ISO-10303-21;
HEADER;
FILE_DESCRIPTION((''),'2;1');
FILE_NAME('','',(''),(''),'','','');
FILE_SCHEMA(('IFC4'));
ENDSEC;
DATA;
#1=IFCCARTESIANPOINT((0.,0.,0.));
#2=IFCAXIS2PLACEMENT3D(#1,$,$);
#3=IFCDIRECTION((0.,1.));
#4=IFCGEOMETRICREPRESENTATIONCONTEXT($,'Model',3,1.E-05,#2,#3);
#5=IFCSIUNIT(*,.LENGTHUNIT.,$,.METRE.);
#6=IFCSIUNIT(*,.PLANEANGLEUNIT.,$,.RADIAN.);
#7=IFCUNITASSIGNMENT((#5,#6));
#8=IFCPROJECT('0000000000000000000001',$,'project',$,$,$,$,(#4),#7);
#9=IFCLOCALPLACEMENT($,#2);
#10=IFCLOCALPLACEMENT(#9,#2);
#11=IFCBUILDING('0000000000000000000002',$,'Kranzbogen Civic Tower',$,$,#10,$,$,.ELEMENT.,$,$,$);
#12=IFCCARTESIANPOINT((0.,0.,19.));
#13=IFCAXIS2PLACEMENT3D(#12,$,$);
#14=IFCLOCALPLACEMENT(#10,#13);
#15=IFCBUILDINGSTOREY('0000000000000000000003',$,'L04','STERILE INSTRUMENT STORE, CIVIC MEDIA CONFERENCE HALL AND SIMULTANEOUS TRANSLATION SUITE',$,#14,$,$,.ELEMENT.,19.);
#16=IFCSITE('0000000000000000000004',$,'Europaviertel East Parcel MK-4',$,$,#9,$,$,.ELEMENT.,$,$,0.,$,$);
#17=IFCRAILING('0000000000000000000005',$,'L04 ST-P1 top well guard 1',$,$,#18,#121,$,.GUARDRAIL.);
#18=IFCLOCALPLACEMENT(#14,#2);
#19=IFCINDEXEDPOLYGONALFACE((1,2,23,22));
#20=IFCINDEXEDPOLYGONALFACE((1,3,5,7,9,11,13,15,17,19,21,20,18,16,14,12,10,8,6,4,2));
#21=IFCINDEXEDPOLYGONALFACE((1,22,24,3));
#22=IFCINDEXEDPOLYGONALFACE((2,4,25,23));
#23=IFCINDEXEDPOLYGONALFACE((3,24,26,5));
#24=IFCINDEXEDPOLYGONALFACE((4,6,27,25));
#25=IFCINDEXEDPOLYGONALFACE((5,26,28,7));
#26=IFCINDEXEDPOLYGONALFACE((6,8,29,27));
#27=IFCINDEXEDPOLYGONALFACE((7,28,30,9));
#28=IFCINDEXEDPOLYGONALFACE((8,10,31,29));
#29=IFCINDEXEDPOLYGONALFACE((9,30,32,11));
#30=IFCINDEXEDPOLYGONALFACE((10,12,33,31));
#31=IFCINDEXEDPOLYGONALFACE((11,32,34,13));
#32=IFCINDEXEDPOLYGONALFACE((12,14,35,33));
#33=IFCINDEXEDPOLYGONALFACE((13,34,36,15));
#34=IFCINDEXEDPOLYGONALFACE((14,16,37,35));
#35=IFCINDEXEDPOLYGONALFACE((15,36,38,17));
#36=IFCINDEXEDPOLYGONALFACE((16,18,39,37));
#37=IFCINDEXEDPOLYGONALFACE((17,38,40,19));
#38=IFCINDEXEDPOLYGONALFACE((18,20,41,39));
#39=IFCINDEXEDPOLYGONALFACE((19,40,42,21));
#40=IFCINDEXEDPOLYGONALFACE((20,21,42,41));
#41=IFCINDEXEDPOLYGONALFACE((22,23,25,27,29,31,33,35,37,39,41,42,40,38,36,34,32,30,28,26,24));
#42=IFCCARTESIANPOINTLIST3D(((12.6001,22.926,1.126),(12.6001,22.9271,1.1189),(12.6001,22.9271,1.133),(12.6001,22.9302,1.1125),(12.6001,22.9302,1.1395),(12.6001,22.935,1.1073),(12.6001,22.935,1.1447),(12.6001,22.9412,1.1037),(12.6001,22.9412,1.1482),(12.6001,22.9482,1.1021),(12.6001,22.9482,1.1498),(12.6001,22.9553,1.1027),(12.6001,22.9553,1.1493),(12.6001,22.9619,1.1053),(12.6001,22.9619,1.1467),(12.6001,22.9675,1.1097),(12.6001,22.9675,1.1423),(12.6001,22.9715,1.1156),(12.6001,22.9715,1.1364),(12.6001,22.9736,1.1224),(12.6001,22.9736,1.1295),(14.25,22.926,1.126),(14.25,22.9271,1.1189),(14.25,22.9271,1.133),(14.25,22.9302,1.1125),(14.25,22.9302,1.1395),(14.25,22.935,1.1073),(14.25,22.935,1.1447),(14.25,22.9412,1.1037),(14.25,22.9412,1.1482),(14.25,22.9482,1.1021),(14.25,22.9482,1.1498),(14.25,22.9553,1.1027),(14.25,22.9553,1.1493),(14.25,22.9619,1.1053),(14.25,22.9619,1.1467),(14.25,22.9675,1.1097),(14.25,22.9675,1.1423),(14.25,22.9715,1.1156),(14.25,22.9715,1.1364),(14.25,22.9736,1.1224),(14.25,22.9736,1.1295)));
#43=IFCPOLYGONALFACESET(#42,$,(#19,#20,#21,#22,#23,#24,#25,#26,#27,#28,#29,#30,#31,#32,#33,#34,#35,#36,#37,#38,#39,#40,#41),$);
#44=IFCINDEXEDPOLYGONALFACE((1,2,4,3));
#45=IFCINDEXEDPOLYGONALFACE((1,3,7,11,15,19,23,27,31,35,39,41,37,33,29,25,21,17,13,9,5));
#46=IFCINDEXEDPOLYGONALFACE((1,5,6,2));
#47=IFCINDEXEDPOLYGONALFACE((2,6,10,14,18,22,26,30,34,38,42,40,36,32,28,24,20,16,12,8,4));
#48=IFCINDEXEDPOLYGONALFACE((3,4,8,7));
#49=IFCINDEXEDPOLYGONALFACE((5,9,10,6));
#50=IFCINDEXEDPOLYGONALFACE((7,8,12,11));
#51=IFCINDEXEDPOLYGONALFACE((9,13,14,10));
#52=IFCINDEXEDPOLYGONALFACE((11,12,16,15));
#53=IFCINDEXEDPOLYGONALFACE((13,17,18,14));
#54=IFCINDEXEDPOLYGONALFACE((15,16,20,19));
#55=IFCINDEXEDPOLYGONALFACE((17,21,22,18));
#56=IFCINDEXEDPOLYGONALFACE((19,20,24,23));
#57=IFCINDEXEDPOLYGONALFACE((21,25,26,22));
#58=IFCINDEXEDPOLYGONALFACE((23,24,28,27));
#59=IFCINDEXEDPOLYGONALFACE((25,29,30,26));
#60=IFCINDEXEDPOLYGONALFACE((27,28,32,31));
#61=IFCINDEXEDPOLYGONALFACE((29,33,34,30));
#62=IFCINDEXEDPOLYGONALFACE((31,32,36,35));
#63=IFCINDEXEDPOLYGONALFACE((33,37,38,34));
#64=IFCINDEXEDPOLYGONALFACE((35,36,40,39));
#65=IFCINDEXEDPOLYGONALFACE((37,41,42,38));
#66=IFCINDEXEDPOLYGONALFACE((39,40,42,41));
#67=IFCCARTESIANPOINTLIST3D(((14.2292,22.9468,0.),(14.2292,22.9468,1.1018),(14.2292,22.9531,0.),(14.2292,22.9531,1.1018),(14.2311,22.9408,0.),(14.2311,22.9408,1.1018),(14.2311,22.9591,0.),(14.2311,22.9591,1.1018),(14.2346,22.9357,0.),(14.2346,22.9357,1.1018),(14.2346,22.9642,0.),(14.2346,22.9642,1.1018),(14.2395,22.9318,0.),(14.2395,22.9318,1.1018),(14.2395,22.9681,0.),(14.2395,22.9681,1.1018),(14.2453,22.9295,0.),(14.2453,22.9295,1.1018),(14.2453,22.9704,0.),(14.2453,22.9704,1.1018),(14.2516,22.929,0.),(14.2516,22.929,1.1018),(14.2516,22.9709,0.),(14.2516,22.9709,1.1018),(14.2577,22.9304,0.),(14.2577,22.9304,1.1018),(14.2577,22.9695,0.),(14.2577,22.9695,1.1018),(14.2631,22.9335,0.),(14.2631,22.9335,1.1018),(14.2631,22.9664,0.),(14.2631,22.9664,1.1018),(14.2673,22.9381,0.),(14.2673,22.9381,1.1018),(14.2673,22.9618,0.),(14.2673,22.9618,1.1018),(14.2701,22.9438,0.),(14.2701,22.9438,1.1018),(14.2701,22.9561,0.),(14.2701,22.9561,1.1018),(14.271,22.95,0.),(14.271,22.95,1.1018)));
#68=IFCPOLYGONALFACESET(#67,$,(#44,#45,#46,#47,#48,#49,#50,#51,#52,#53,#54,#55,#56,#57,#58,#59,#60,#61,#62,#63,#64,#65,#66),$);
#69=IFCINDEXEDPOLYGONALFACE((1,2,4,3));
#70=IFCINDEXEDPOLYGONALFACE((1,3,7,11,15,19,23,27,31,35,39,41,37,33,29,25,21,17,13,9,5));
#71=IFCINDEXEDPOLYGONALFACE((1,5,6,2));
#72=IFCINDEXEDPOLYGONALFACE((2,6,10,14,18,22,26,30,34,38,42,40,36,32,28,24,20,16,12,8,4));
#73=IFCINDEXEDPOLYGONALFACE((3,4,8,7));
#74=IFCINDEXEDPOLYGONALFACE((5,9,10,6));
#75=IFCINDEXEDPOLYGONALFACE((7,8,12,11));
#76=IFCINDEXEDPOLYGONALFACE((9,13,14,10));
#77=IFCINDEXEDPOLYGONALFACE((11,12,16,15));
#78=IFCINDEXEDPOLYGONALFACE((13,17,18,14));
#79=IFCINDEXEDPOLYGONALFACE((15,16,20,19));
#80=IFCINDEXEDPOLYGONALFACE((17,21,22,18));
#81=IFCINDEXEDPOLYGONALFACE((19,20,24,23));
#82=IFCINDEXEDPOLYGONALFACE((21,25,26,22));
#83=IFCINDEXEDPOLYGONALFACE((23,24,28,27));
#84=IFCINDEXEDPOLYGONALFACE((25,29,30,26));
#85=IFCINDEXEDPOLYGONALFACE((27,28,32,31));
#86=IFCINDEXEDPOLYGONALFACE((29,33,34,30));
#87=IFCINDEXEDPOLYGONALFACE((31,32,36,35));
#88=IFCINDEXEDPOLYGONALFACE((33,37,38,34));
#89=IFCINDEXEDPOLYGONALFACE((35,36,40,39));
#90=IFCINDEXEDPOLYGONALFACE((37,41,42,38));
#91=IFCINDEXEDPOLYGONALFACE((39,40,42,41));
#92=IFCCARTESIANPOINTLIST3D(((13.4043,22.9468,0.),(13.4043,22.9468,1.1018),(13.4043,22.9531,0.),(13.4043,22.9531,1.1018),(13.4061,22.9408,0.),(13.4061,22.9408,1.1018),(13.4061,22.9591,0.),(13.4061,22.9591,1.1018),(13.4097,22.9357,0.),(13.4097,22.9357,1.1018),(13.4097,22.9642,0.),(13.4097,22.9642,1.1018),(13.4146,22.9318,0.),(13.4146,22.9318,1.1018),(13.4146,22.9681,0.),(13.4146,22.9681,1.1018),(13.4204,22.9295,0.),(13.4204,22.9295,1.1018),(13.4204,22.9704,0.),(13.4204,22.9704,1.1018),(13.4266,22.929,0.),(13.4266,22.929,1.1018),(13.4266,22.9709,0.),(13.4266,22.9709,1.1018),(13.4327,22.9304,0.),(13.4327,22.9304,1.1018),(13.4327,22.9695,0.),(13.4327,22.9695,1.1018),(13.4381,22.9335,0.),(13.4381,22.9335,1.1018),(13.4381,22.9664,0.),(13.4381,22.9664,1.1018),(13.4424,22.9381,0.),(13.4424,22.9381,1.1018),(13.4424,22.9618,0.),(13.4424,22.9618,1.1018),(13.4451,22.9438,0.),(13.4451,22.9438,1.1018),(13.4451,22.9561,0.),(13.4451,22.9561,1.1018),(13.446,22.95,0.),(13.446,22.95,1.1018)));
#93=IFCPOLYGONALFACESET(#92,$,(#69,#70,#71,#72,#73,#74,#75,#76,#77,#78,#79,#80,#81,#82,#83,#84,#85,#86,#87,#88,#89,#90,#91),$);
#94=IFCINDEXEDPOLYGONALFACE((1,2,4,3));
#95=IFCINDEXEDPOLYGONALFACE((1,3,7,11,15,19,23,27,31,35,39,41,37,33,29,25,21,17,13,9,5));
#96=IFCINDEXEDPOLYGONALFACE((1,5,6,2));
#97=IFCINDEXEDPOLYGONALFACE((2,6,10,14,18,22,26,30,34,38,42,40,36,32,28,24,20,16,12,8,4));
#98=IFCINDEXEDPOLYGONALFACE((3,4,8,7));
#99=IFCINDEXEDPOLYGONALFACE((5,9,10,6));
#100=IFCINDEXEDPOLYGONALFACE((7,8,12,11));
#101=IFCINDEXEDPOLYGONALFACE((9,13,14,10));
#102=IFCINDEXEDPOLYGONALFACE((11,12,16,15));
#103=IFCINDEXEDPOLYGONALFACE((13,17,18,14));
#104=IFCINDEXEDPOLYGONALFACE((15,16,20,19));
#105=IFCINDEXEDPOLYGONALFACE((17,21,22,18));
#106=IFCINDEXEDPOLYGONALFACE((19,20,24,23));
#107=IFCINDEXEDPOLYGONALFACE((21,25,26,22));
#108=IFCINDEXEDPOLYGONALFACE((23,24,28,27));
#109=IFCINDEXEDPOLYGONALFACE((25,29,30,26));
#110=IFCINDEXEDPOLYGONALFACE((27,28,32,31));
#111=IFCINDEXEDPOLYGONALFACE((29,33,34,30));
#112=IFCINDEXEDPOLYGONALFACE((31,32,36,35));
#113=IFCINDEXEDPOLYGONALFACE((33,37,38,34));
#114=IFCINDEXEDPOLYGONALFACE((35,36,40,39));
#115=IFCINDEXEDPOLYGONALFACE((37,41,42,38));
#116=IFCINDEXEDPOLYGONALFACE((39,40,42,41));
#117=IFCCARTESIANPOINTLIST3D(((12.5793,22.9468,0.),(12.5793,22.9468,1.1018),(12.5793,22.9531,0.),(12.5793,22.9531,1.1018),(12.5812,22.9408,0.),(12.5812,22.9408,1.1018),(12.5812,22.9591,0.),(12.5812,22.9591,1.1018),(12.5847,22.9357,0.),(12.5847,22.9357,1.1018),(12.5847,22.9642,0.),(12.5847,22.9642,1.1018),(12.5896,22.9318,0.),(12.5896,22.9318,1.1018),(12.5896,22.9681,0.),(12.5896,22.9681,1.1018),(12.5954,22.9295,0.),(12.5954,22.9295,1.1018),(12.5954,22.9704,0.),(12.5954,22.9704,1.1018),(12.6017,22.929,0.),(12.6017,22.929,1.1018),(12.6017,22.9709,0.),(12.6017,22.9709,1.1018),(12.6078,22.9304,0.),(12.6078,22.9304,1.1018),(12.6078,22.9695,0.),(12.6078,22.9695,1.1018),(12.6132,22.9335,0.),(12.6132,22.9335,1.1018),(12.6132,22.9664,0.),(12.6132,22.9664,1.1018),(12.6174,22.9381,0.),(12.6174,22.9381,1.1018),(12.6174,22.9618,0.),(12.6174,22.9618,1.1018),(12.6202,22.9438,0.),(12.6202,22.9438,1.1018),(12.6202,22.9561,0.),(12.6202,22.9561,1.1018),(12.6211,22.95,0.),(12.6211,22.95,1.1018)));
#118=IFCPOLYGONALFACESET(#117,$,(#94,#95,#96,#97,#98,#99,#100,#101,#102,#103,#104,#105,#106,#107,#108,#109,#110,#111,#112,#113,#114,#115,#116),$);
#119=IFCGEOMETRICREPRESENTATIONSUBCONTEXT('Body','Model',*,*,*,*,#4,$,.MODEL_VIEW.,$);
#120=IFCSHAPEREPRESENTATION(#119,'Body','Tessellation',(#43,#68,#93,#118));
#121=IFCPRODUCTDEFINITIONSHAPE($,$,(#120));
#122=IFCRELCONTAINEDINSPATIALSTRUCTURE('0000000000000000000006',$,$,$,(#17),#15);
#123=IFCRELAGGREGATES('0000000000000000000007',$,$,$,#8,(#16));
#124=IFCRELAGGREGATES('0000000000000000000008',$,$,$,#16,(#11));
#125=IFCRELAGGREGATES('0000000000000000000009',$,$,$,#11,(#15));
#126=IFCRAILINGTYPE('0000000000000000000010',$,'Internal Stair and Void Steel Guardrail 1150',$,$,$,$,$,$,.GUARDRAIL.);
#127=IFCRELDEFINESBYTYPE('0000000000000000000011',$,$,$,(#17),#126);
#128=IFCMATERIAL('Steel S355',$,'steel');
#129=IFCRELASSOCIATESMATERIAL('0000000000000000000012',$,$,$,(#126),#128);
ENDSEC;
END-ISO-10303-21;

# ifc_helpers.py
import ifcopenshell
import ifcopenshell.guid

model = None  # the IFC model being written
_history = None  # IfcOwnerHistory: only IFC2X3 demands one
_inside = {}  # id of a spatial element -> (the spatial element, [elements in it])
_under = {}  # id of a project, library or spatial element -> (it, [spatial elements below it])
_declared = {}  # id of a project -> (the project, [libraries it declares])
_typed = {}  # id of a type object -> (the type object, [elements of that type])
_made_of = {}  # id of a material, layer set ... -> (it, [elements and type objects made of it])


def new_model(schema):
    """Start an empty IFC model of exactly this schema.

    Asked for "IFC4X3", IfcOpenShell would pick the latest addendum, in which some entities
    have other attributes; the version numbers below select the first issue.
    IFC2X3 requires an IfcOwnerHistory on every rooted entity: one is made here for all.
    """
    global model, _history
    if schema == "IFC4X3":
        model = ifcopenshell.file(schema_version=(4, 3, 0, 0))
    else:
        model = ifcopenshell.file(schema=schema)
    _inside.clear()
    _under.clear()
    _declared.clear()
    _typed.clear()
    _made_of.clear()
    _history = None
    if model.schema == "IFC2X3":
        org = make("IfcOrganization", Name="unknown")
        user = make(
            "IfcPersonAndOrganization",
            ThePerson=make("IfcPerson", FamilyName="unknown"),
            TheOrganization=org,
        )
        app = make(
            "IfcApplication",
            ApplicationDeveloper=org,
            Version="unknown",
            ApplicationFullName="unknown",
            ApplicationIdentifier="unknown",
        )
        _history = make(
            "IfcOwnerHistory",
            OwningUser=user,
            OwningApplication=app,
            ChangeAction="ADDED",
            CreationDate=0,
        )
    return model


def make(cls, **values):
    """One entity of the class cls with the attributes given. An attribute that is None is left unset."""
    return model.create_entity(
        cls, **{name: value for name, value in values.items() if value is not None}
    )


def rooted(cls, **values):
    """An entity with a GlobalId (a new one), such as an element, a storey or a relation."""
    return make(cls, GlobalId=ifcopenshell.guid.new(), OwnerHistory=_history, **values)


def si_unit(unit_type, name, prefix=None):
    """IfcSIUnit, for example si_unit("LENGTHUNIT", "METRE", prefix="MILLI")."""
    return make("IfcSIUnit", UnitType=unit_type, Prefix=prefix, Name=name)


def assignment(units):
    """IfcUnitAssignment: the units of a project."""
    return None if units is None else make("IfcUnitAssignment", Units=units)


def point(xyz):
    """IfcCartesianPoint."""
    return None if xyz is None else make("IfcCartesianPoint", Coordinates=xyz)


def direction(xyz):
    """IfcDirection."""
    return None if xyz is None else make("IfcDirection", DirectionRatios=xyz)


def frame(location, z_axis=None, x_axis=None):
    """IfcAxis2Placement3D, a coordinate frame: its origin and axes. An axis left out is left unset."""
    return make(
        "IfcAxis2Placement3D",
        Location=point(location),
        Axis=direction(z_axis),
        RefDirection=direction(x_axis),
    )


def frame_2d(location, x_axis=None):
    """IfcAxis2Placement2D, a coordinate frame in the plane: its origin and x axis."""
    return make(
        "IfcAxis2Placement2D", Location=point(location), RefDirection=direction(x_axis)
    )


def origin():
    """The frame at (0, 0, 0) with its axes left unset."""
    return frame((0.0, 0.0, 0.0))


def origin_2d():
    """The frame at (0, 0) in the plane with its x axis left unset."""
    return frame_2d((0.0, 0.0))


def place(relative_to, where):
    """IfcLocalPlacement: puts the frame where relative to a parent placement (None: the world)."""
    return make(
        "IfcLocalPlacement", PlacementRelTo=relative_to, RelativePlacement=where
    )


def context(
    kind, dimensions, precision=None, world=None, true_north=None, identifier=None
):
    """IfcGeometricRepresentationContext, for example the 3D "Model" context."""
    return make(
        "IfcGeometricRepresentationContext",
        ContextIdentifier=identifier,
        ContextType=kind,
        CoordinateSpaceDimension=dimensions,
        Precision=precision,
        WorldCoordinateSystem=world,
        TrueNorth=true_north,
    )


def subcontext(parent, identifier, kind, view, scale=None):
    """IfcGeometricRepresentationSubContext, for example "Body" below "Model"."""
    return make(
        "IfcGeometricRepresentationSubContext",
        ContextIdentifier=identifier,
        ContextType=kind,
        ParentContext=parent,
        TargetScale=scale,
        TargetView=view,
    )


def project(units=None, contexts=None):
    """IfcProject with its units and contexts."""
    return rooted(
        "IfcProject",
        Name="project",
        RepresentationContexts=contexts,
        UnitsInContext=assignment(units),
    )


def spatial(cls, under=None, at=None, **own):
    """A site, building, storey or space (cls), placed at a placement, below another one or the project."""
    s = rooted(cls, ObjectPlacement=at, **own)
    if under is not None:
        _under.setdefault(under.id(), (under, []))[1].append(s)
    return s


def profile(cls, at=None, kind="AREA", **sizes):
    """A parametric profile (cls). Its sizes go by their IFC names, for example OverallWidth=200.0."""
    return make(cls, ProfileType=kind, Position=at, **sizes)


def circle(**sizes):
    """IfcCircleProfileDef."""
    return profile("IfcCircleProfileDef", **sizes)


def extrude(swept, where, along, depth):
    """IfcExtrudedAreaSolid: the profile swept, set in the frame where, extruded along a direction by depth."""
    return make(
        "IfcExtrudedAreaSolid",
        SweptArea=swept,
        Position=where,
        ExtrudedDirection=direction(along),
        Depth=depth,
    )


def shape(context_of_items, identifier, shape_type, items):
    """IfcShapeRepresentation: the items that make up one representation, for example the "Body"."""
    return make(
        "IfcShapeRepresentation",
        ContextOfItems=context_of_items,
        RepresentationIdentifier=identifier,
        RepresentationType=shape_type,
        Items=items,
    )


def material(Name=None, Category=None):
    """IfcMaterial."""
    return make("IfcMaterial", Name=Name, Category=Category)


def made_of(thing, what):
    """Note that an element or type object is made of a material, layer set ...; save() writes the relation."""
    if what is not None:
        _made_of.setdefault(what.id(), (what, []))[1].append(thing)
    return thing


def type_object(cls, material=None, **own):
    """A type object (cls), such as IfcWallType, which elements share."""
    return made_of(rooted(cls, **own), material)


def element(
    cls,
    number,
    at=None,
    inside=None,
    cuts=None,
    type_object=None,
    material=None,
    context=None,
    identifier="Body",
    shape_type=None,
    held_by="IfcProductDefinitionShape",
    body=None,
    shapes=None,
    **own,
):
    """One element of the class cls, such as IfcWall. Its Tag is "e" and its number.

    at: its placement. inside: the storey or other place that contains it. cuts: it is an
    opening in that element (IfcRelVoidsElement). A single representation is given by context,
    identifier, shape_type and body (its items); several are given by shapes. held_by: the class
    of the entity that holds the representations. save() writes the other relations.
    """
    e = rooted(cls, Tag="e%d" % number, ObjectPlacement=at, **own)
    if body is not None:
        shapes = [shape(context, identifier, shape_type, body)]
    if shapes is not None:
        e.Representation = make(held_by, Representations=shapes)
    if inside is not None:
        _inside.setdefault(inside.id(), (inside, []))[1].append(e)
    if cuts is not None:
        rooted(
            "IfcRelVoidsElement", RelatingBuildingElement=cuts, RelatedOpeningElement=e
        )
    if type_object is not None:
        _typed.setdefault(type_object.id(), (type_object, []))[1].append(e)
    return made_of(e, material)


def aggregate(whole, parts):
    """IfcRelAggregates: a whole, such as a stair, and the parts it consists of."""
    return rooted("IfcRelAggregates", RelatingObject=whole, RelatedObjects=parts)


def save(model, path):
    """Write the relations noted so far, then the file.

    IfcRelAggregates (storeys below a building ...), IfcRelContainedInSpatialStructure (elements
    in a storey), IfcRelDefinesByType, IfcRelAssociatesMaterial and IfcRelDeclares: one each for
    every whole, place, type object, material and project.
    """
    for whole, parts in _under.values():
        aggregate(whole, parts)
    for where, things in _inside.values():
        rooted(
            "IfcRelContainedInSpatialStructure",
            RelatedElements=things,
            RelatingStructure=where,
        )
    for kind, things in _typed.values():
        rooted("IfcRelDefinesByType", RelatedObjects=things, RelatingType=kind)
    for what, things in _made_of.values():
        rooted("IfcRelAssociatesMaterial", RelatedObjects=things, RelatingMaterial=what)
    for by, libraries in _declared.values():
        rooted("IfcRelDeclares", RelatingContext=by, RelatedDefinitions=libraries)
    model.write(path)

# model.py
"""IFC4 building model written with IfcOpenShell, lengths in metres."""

from ifc_helpers import new_model, si_unit, direction, frame, origin, origin_2d, place, context, subcontext, project, spatial, circle, extrude, material, type_object, element, save


model = new_model("IFC4")

# Units and contexts
model_context = context("Model", 3, precision=1e-05, world=origin(), true_north=direction((0.0, 1.0)))
body_context = subcontext(model_context, "Body", "Model", "MODEL_VIEW")
ifc_project = project(units=[si_unit("LENGTHUNIT", "METRE"), si_unit("PLANEANGLEUNIT", "RADIAN")], contexts=[model_context])

# Site, building, storey
site_placement = place(None, origin())
site = spatial("IfcSite", under=ifc_project, at=site_placement, Name="Europaviertel East Parcel MK-4", CompositionType="ELEMENT", RefElevation=0.0)
building_placement = place(site_placement, origin())
building = spatial("IfcBuilding", under=site, at=building_placement, Name="Kranzbogen Civic Tower", CompositionType="ELEMENT")
storey_placement = place(building_placement, frame((0.0, 0.0, 19.0)))
storey = spatial("IfcBuildingStorey", under=building, at=storey_placement, Name="L04", Description="STERILE INSTRUMENT STORE, CIVIC MEDIA CONFERENCE HALL AND SIMULTANEOUS TRANSLATION SUITE", CompositionType="ELEMENT", Elevation=19.0)

# Shared definitions
ifc_material_1 = material(Name="Steel S355", Category="steel")

# Railing
railing_type_1 = type_object("IfcRailingType", Name="Internal Stair and Void Steel Guardrail 1150", PredefinedType="GUARDRAIL", material=ifc_material_1)
railing_1_placement = place(storey_placement, frame((14.25, 22.95, 0.0)))
element("IfcRailing", 1, at=railing_1_placement, inside=storey, type_object=railing_type_1, Name="L04 ST-P1 top well guard 1", PredefinedType="GUARDRAIL", context=body_context, shape_type="SweptSolid", body=[
    extrude(circle(Radius=0.0239, at=origin_2d()), frame((0.0, 0.0, 1.126), z_axis=(-1.0, 0.0, 0.0), x_axis=(0.0, -1.0, 0.0)), (0.0, 0.0, 1.0), 1.6499),
    extrude(circle(Radius=0.021, at=origin_2d()), origin(), (0.0, 0.0, 1.0), 1.1018),
    extrude(circle(Radius=0.021, at=origin_2d()), frame((-0.825, 0.0, 0.0)), (0.0, 0.0, 1.0), 1.1018),
    extrude(circle(Radius=0.021, at=origin_2d()), frame((-1.6499, 0.0, 0.0)), (0.0, 0.0, 1.0), 1.1018),
])

save(model, "model.ifc")
